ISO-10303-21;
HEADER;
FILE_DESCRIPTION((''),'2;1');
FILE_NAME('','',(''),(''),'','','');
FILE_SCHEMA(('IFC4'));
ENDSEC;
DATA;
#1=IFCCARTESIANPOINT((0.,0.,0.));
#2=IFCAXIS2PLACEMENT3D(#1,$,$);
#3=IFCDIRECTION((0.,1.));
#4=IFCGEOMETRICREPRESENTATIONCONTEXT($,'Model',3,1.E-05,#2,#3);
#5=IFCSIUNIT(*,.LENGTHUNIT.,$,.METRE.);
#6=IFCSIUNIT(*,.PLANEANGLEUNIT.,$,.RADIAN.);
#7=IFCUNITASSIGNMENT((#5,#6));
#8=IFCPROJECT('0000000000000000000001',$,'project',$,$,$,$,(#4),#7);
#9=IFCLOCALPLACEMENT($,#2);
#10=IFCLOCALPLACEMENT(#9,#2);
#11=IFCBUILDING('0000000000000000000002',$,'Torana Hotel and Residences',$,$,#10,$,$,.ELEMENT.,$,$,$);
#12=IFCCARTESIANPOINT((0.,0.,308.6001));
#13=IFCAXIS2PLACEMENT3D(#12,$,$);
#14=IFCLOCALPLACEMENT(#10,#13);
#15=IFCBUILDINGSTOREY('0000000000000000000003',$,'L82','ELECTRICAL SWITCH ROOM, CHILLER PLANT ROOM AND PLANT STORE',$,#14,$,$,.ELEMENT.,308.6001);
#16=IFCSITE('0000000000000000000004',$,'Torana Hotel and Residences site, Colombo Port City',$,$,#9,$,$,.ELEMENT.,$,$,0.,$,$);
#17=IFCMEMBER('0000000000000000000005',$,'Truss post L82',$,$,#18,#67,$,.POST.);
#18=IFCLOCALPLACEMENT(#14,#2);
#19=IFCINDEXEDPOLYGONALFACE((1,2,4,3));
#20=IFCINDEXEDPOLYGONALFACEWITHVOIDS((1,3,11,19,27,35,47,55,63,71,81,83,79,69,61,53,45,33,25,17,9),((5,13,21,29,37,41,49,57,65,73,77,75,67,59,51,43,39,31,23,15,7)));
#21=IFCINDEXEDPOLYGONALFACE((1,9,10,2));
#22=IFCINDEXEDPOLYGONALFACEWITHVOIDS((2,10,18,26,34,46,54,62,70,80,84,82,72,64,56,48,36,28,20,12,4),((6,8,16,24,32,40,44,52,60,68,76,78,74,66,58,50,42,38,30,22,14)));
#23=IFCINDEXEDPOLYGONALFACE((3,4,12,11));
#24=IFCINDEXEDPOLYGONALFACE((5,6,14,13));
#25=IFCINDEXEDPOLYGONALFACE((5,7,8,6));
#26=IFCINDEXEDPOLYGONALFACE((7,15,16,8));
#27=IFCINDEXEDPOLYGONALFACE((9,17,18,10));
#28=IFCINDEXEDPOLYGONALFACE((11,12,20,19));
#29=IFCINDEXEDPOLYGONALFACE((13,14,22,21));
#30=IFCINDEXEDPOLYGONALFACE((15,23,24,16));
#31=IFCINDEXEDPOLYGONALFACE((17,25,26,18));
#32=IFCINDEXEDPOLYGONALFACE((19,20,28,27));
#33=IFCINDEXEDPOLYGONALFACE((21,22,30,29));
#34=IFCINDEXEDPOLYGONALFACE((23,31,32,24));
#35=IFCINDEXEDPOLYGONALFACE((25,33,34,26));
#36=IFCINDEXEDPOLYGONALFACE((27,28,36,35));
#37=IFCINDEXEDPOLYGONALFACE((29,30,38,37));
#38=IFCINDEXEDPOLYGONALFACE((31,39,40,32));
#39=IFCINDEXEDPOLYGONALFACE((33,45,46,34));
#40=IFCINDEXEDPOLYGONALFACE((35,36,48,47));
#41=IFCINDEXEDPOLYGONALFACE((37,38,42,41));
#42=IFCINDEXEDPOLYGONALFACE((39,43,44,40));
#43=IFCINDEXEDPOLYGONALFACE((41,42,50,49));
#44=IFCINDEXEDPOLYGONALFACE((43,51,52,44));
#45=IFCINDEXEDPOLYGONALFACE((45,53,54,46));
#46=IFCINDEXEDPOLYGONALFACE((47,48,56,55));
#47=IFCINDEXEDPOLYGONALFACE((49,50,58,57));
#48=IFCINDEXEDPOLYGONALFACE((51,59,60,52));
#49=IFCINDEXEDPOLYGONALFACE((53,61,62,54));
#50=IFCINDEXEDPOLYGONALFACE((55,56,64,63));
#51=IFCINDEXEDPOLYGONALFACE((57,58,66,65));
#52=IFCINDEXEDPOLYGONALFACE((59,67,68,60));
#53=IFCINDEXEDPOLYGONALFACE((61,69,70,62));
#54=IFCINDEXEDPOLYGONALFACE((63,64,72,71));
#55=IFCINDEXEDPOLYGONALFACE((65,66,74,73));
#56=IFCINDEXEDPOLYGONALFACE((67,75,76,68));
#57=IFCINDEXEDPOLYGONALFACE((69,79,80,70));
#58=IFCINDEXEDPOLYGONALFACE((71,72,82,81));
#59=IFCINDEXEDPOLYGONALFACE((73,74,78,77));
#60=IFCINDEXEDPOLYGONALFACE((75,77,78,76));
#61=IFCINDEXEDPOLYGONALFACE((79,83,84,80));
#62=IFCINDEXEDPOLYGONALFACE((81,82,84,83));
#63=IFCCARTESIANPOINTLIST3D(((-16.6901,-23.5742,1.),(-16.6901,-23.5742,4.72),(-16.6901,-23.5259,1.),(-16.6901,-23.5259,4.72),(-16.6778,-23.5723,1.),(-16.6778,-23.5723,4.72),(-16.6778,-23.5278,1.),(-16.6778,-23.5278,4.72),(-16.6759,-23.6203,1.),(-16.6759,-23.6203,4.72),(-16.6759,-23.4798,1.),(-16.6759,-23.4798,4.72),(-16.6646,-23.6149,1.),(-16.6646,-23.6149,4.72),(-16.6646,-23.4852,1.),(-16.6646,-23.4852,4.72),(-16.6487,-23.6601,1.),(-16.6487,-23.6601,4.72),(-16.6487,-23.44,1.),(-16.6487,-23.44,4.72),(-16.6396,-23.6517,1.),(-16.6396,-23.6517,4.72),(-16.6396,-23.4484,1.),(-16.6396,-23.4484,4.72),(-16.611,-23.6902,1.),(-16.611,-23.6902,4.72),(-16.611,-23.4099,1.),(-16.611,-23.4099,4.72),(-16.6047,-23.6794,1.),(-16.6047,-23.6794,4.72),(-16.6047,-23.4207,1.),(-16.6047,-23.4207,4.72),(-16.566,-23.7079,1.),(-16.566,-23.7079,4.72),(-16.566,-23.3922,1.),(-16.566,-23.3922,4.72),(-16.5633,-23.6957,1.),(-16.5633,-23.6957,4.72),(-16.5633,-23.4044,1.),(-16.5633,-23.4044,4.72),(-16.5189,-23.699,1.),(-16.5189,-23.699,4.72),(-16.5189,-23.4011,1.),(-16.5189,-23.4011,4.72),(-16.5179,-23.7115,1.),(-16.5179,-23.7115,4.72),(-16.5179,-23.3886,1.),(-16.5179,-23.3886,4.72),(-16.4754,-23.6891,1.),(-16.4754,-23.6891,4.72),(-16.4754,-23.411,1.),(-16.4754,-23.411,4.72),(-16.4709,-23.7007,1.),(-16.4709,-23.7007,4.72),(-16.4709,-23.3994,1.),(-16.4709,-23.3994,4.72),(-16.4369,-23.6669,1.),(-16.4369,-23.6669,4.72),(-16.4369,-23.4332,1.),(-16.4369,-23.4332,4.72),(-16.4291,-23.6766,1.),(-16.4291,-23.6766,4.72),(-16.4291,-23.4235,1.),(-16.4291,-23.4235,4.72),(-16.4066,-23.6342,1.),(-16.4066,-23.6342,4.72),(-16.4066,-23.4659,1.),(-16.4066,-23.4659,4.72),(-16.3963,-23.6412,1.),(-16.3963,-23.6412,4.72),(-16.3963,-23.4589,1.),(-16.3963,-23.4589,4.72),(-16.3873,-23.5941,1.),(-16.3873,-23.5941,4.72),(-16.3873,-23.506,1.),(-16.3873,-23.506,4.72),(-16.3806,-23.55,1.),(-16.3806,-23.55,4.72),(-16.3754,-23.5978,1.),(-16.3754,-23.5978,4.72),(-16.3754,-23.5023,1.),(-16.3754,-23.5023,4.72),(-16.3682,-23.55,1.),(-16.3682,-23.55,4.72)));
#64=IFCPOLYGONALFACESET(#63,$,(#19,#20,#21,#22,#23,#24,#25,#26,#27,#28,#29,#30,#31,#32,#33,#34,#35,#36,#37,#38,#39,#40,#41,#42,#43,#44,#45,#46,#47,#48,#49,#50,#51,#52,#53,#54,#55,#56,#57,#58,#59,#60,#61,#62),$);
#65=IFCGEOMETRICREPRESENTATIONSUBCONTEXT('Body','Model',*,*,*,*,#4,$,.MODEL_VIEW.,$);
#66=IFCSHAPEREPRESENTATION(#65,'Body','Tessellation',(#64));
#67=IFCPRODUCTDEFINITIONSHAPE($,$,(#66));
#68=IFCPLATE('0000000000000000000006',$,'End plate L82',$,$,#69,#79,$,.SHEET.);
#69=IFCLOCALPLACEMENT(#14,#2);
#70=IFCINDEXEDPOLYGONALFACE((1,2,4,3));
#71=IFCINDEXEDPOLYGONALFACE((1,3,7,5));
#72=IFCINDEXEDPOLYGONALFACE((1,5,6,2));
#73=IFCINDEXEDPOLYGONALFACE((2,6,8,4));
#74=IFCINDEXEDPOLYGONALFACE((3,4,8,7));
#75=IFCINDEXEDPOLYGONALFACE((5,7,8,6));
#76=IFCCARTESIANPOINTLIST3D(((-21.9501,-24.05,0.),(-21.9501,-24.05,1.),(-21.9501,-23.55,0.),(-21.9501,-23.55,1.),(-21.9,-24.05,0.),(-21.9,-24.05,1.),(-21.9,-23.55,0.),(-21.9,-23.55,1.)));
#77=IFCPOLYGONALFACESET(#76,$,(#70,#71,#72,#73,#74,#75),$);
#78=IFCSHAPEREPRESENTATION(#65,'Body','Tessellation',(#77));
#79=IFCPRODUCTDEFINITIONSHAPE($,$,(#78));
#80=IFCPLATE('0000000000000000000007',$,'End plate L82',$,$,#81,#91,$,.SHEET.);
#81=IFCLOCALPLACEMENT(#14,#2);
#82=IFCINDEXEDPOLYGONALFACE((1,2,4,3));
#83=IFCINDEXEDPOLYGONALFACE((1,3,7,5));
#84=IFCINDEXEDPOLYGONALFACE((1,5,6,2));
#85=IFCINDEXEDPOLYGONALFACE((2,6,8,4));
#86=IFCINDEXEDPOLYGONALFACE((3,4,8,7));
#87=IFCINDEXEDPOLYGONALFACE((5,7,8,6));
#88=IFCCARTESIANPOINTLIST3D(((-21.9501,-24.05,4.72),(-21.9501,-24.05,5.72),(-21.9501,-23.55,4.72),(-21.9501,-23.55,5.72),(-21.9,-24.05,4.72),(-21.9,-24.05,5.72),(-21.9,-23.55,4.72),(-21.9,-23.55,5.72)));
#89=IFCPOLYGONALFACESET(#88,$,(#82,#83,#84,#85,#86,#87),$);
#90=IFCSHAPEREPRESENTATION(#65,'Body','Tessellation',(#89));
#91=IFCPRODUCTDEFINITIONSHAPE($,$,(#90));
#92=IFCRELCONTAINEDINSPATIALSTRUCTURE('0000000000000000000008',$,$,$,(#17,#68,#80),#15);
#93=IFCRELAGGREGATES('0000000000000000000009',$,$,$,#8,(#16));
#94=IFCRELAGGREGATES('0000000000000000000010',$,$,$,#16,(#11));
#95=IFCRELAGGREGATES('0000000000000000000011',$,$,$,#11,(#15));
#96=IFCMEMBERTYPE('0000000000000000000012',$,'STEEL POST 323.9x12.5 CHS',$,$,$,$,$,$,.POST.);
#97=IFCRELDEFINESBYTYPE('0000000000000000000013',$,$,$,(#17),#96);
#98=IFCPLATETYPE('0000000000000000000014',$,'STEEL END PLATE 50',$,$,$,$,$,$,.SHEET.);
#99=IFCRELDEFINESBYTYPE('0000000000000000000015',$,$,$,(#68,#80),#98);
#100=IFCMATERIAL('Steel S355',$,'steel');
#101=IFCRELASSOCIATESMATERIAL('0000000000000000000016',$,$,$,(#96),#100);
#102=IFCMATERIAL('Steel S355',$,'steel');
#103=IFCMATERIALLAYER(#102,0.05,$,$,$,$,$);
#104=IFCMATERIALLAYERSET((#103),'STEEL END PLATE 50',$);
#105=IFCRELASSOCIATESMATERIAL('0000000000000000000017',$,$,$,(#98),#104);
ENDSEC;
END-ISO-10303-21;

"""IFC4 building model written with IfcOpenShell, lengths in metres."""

from ifc_helpers import new_model, si_unit, direction, frame, origin, origin_2d, place, context, subcontext, project, spatial, rectangle, hollow_circle, extrude, material, layer, layer_set, material_profile, profile_set, type_object, element, save


model = new_model("IFC4")

# Units and contexts
model_context = context("Model", 3, precision=1e-05, world=origin(), true_north=direction((0.0, 1.0)))
body_context = subcontext(model_context, "Body", "Model", "MODEL_VIEW")
ifc_project = project(units=[si_unit("LENGTHUNIT", "METRE"), si_unit("PLANEANGLEUNIT", "RADIAN")], contexts=[model_context])

# Site, building, storey
site_placement = place(None, origin())
site = spatial("IfcSite", under=ifc_project, at=site_placement, Name="Torana Hotel and Residences site, Colombo Port City", CompositionType="ELEMENT", RefElevation=0.0)
building_placement = place(site_placement, origin())
building = spatial("IfcBuilding", under=site, at=building_placement, Name="Torana Hotel and Residences", CompositionType="ELEMENT")
storey_placement = place(building_placement, frame((0.0, 0.0, 308.6001)))
storey = spatial("IfcBuildingStorey", under=building, at=storey_placement, Name="L82", Description="ELECTRICAL SWITCH ROOM, CHILLER PLANT ROOM AND PLANT STORE", CompositionType="ELEMENT", Elevation=308.6001)

# Member
ifc_material_1 = material(Name="Steel S355", Category="steel")
ifc_material_profile_1 = material_profile(ifc_material_1, hollow_circle(Radius=0.1619, WallThickness=0.0125, at=origin_2d()), Name="323.9x12.5 CHS")
ifc_profile_set_1 = profile_set([ifc_material_profile_1], Name="Steel S355")
member_type_1 = type_object("IfcMemberType", Name="STEEL POST 323.9x12.5 CHS", PredefinedType="POST", material=ifc_profile_set_1)
for number, where, z_axis, x_axis, name in (
    (1, (-16.53, -23.55, 1.0), (0.0, 0.0, 1.0), (1.0, 0.0, 0.0), "Truss post L82"),
):
    element("IfcMember", number, at=place(storey_placement, frame(where, z_axis=z_axis, x_axis=x_axis)), inside=storey, type_object=member_type_1, Name=name, PredefinedType="POST", context=body_context, shape_type="SweptSolid", body=[
        extrude(hollow_circle(Radius=0.1619, WallThickness=0.0125, at=origin_2d()), origin(), (0.0, 0.0, 1.0), 3.72),
    ])

# Plates
ifc_material_2 = material(Name="Steel S355", Category="steel")
ifc_layer = layer(ifc_material_2, 0.05)
ifc_layer_set = layer_set([ifc_layer], Name="STEEL END PLATE 50")
plate_type = type_object("IfcPlateType", Name="STEEL END PLATE 50", PredefinedType="SHEET", material=ifc_layer_set)
for number, where, z_axis, x_axis, name in (
    (2, (-21.925, -23.8, 0.0), (0.0, 0.0, 1.0), (-1.0, 0.0, 0.0), "End plate L82"),
    (3, (-21.925, -23.8, 4.72), (0.0, 0.0, 1.0), (-1.0, 0.0, 0.0), "End plate L82"),
):
    element("IfcPlate", number, at=place(storey_placement, frame(where, z_axis=z_axis, x_axis=x_axis)), inside=storey, type_object=plate_type, Name=name, PredefinedType="SHEET", context=body_context, shape_type="SweptSolid", body=[
        extrude(rectangle(XDim=0.05, YDim=0.5, at=origin_2d()), origin(), (0.0, 0.0, 1.0), 1.0),
    ])

save(model, "model.ifc")
